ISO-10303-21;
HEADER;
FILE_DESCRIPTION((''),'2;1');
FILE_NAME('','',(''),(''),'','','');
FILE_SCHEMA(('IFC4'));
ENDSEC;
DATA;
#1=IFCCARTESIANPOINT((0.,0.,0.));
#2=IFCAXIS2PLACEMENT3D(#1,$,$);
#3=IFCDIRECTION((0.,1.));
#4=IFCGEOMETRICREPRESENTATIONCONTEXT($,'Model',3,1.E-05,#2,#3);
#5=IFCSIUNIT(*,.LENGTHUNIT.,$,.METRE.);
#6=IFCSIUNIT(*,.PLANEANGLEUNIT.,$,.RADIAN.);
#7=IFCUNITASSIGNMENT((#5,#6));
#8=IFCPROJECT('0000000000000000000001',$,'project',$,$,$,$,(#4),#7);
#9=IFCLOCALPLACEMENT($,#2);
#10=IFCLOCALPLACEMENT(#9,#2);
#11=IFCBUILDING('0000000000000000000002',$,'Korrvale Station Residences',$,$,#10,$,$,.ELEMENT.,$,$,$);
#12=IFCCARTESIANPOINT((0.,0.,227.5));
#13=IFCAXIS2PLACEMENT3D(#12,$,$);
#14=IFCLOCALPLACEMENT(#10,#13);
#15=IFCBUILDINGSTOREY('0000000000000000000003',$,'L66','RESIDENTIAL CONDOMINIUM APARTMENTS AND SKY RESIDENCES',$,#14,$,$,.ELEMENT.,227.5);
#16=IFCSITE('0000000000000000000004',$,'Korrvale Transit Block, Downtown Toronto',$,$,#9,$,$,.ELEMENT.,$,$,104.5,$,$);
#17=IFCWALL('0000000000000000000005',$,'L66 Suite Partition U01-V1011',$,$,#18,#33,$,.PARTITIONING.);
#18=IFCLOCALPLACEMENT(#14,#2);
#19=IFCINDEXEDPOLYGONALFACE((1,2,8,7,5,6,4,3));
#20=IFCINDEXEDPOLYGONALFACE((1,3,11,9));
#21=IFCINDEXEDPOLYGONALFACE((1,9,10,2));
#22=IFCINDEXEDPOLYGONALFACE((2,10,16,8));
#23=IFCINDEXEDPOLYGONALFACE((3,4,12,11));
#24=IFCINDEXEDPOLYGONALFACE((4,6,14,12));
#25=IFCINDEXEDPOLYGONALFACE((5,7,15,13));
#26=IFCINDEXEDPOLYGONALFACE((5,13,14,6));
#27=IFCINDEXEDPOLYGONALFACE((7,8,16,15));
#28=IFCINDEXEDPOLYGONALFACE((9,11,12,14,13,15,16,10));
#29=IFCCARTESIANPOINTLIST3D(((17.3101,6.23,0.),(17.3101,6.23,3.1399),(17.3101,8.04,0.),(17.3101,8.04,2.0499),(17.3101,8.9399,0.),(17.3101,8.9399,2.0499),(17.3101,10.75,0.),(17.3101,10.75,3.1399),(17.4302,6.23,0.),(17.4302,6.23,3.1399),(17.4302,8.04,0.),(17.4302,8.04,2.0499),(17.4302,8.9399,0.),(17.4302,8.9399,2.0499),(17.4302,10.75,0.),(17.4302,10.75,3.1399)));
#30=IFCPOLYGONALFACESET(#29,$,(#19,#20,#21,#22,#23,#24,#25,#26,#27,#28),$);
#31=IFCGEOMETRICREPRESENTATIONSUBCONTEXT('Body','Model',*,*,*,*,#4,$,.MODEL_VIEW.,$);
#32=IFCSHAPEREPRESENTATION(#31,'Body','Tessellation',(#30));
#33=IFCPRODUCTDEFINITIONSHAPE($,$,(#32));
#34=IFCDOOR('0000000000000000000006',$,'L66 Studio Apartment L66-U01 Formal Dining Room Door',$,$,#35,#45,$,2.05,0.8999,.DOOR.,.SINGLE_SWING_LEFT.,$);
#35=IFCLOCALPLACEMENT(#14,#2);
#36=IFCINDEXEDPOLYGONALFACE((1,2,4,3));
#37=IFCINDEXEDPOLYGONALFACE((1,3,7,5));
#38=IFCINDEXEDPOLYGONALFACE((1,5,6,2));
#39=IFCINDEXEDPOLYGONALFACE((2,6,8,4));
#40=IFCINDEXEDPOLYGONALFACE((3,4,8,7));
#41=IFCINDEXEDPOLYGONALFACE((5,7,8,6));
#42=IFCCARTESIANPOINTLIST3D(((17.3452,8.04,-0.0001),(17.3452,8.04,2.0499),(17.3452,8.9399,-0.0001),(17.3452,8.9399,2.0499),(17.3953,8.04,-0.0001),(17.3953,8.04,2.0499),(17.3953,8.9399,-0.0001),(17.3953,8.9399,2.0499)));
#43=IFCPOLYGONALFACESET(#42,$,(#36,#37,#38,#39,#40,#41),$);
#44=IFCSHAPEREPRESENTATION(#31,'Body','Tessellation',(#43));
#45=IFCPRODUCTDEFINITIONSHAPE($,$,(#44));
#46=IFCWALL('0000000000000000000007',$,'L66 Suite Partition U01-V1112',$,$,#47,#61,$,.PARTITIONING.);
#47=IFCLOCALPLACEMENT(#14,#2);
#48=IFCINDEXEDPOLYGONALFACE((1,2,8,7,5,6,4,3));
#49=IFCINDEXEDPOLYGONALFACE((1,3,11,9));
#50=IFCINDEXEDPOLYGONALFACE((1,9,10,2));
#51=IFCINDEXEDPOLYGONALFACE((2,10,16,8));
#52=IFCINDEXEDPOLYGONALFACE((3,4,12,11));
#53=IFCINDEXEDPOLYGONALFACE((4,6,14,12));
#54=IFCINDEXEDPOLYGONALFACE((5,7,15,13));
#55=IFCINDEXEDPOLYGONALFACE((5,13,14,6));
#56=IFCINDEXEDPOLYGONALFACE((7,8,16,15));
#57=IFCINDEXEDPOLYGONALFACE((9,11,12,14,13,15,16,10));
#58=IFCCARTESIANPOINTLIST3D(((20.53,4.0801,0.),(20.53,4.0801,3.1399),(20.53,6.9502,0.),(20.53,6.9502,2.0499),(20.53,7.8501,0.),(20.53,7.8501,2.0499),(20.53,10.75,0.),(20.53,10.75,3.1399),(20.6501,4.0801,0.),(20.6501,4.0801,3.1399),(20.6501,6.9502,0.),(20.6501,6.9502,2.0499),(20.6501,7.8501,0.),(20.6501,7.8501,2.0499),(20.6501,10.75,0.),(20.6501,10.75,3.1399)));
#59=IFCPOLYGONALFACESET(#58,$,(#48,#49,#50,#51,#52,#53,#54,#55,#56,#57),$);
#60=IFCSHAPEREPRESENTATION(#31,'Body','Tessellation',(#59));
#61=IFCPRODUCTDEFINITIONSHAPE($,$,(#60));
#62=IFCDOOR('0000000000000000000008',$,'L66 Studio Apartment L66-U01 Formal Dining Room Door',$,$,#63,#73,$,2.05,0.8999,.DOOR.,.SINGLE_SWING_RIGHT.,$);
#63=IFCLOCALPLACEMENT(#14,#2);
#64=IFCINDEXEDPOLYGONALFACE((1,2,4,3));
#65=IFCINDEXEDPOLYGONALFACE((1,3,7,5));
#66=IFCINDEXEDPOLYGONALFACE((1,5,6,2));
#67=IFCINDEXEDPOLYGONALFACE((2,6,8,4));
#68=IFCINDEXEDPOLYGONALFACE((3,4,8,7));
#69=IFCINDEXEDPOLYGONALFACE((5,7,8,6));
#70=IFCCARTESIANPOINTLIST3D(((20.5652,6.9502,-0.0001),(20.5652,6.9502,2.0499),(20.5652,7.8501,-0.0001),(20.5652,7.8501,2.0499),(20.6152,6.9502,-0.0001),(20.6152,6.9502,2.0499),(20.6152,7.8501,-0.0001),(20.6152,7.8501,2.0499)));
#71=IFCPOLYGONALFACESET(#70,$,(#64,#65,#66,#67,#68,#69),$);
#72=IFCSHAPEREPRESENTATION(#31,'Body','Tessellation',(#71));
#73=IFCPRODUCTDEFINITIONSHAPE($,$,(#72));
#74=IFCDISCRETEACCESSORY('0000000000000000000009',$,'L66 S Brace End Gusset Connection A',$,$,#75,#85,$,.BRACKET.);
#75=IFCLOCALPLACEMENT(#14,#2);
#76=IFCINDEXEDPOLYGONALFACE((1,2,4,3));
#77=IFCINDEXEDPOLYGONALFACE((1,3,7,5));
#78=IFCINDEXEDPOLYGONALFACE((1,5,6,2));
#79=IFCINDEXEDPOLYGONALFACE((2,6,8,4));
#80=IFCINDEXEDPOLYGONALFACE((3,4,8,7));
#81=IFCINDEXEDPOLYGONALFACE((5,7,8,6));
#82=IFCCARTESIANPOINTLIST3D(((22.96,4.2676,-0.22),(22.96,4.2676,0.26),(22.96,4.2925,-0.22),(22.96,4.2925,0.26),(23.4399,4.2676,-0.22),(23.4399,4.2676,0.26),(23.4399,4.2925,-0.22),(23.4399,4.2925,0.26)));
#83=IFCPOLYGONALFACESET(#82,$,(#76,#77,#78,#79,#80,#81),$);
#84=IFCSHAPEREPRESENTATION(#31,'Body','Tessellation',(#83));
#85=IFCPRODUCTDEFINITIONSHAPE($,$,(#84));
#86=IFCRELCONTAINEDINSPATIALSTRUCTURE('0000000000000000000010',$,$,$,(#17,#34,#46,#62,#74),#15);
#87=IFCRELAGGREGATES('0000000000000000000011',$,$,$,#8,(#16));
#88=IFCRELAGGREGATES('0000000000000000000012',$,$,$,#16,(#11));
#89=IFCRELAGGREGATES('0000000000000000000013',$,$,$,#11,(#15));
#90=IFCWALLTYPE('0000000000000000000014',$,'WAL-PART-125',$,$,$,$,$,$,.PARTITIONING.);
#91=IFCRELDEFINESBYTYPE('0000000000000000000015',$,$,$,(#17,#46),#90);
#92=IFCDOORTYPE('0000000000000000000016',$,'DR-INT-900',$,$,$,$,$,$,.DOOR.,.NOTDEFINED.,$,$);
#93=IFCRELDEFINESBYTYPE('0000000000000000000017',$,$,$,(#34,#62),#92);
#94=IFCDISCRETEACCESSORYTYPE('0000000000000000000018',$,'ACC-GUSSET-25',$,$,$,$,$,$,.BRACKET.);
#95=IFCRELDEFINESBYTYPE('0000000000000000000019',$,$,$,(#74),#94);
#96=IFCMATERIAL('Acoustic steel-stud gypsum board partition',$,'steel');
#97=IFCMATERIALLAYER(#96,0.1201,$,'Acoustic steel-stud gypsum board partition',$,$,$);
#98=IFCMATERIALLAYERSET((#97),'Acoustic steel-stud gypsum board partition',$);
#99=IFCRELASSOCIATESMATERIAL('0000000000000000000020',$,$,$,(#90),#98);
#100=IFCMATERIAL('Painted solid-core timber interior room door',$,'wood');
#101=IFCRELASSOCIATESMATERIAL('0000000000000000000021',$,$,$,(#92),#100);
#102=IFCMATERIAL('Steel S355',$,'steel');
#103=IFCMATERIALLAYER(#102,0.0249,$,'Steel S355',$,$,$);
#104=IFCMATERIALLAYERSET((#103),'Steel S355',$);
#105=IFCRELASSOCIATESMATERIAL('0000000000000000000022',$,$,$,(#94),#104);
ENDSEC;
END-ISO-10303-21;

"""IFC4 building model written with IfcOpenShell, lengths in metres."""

from ifc_helpers import new_model, si_unit, direction, frame, frame_2d, origin, origin_2d, place, context, subcontext, project, spatial, rectangle, extrude, material, layer, layer_set, type_object, element, fill, save


model = new_model("IFC4")

# Units and contexts
model_context = context("Model", 3, precision=1e-05, world=origin(), true_north=direction((0.0, 1.0)))
body_context = subcontext(model_context, "Body", "Model", "MODEL_VIEW")
ifc_project = project(units=[si_unit("LENGTHUNIT", "METRE"), si_unit("PLANEANGLEUNIT", "RADIAN")], contexts=[model_context])

# Site, building, storey
site_placement = place(None, origin())
site = spatial("IfcSite", under=ifc_project, at=site_placement, Name="Korrvale Transit Block, Downtown Toronto", CompositionType="ELEMENT", RefElevation=104.5)
building_placement = place(site_placement, origin())
building = spatial("IfcBuilding", under=site, at=building_placement, Name="Korrvale Station Residences", CompositionType="ELEMENT")
storey_placement = place(building_placement, frame((0.0, 0.0, 227.5)))
storey = spatial("IfcBuildingStorey", under=building, at=storey_placement, Name="L66", Description="RESIDENTIAL CONDOMINIUM APARTMENTS AND SKY RESIDENCES", CompositionType="ELEMENT", Elevation=227.5)

# Shared definitions
ifc_material_1 = material(Name="Steel S355", Category="steel")

# Shared definitions
ifc_material_2 = material(Name="Acoustic steel-stud gypsum board partition", Category="steel")
ifc_layer_1 = layer(ifc_material_2, 0.1201, Name="Acoustic steel-stud gypsum board partition")
ifc_layer_set_1 = layer_set([ifc_layer_1], Name="Acoustic steel-stud gypsum board partition")
wall_type_1 = type_object("IfcWallType", Name="WAL-PART-125", PredefinedType="PARTITIONING", material=ifc_layer_set_1)
ifc_material_3 = material(Name="Painted solid-core timber interior room door", Category="wood")
door_type_1 = type_object("IfcDoorType", Name="DR-INT-900", OperationType="NOTDEFINED", PredefinedType="DOOR", material=ifc_material_3)

# Walls, openings, doors
wall_1_placement = place(storey_placement, frame((17.3701, 6.23, 0.0), z_axis=(0.0, 0.0, 1.0), x_axis=(0.0, 1.0, 0.0)))
wall_1 = element("IfcWall", 1, at=wall_1_placement, inside=storey, type_object=wall_type_1, Name="L66 Suite Partition U01-V1011", PredefinedType="PARTITIONING", context=body_context, shape_type="SweptSolid", body=[
    extrude(rectangle(XDim=4.52, YDim=0.1201, at=frame_2d((2.26, 0.0))), origin(), (0.0, 0.0, 1.0), 3.1399),
])
opening_1_placement = place(wall_1_placement, frame((1.8101, 0.0, 0.0)))
opening_1 = element("IfcOpeningElement", 2, at=opening_1_placement, cuts=wall_1, PredefinedType="OPENING", context=body_context, shape_type="SweptSolid", body=[
    extrude(rectangle(XDim=0.8999, YDim=2.05, at=frame_2d((0.45, 1.0249))), frame((0.0, 0.0701, 0.0), z_axis=(0.0, -1.0, 0.0), x_axis=(1.0, 0.0, 0.0)), (0.0, 0.0, 1.0), 0.1401),
])
door_1_placement = place(opening_1_placement, origin())
door_1 = element("IfcDoor", 3, at=door_1_placement, inside=storey, type_object=door_type_1, Name="L66 Studio Apartment L66-U01 Formal Dining Room Door", OperationType="SINGLE_SWING_LEFT", OverallHeight=2.05, OverallWidth=0.8999, PredefinedType="DOOR", context=body_context, shape_type="SweptSolid", body=[
    extrude(rectangle(XDim=0.8999, YDim=2.05, at=frame_2d((0.45, 1.0249))), frame((0.0, 0.0249, 0.0), z_axis=(0.0, -1.0, 0.0), x_axis=(1.0, 0.0, 0.0)), (0.0, 0.0, 1.0), 0.05),
])
fill(opening_1, door_1)
wall_2_placement = place(storey_placement, frame((20.5901, 4.0801, 0.0), z_axis=(0.0, 0.0, 1.0), x_axis=(0.0, 1.0, 0.0)))
wall_2 = element("IfcWall", 4, at=wall_2_placement, inside=storey, type_object=wall_type_1, Name="L66 Suite Partition U01-V1112", PredefinedType="PARTITIONING", context=body_context, shape_type="SweptSolid", body=[
    extrude(rectangle(XDim=6.6699, YDim=0.1201, at=frame_2d((3.335, 0.0))), origin(), (0.0, 0.0, 1.0), 3.1399),
])
opening_2_placement = place(wall_2_placement, frame((2.8701, 0.0, 0.0)))
opening_2 = element("IfcOpeningElement", 5, at=opening_2_placement, cuts=wall_2, PredefinedType="OPENING", context=body_context, shape_type="SweptSolid", body=[
    extrude(rectangle(XDim=0.8999, YDim=2.05, at=frame_2d((0.45, 1.0249))), frame((0.0, 0.0701, 0.0), z_axis=(0.0, -1.0, 0.0), x_axis=(1.0, 0.0, 0.0)), (0.0, 0.0, 1.0), 0.1401),
])
door_2_placement = place(opening_2_placement, origin())
door_2 = element("IfcDoor", 6, at=door_2_placement, inside=storey, type_object=door_type_1, Name="L66 Studio Apartment L66-U01 Formal Dining Room Door", OperationType="SINGLE_SWING_RIGHT", OverallHeight=2.05, OverallWidth=0.8999, PredefinedType="DOOR", context=body_context, shape_type="SweptSolid", body=[
    extrude(rectangle(XDim=0.8999, YDim=2.05, at=frame_2d((0.45, 1.0249))), frame((0.0, 0.0249, 0.0), z_axis=(0.0, -1.0, 0.0), x_axis=(1.0, 0.0, 0.0)), (0.0, 0.0, 1.0), 0.05),
])
fill(opening_2, door_2)

# Discrete accessory
ifc_layer_2 = layer(ifc_material_1, 0.0249, Name="Steel S355")
ifc_layer_set_2 = layer_set([ifc_layer_2], Name="Steel S355")
discrete_accessory_type = type_object("IfcDiscreteAccessoryType", Name="ACC-GUSSET-25", PredefinedType="BRACKET", material=ifc_layer_set_2)
discrete_accessory_placement = place(storey_placement, frame((23.2, 4.28, -0.22), z_axis=(0.0, 0.0, 1.0), x_axis=(1.0, 0.0, 0.0)))
element("IfcDiscreteAccessory", 7, at=discrete_accessory_placement, inside=storey, type_object=discrete_accessory_type, Name="L66 S Brace End Gusset Connection A", PredefinedType="BRACKET", context=body_context, shape_type="SweptSolid", body=[
    extrude(rectangle(XDim=0.48, YDim=0.0249, at=origin_2d()), origin(), (0.0, 0.0, 1.0), 0.48),
])

save(model, "model.ifc")
